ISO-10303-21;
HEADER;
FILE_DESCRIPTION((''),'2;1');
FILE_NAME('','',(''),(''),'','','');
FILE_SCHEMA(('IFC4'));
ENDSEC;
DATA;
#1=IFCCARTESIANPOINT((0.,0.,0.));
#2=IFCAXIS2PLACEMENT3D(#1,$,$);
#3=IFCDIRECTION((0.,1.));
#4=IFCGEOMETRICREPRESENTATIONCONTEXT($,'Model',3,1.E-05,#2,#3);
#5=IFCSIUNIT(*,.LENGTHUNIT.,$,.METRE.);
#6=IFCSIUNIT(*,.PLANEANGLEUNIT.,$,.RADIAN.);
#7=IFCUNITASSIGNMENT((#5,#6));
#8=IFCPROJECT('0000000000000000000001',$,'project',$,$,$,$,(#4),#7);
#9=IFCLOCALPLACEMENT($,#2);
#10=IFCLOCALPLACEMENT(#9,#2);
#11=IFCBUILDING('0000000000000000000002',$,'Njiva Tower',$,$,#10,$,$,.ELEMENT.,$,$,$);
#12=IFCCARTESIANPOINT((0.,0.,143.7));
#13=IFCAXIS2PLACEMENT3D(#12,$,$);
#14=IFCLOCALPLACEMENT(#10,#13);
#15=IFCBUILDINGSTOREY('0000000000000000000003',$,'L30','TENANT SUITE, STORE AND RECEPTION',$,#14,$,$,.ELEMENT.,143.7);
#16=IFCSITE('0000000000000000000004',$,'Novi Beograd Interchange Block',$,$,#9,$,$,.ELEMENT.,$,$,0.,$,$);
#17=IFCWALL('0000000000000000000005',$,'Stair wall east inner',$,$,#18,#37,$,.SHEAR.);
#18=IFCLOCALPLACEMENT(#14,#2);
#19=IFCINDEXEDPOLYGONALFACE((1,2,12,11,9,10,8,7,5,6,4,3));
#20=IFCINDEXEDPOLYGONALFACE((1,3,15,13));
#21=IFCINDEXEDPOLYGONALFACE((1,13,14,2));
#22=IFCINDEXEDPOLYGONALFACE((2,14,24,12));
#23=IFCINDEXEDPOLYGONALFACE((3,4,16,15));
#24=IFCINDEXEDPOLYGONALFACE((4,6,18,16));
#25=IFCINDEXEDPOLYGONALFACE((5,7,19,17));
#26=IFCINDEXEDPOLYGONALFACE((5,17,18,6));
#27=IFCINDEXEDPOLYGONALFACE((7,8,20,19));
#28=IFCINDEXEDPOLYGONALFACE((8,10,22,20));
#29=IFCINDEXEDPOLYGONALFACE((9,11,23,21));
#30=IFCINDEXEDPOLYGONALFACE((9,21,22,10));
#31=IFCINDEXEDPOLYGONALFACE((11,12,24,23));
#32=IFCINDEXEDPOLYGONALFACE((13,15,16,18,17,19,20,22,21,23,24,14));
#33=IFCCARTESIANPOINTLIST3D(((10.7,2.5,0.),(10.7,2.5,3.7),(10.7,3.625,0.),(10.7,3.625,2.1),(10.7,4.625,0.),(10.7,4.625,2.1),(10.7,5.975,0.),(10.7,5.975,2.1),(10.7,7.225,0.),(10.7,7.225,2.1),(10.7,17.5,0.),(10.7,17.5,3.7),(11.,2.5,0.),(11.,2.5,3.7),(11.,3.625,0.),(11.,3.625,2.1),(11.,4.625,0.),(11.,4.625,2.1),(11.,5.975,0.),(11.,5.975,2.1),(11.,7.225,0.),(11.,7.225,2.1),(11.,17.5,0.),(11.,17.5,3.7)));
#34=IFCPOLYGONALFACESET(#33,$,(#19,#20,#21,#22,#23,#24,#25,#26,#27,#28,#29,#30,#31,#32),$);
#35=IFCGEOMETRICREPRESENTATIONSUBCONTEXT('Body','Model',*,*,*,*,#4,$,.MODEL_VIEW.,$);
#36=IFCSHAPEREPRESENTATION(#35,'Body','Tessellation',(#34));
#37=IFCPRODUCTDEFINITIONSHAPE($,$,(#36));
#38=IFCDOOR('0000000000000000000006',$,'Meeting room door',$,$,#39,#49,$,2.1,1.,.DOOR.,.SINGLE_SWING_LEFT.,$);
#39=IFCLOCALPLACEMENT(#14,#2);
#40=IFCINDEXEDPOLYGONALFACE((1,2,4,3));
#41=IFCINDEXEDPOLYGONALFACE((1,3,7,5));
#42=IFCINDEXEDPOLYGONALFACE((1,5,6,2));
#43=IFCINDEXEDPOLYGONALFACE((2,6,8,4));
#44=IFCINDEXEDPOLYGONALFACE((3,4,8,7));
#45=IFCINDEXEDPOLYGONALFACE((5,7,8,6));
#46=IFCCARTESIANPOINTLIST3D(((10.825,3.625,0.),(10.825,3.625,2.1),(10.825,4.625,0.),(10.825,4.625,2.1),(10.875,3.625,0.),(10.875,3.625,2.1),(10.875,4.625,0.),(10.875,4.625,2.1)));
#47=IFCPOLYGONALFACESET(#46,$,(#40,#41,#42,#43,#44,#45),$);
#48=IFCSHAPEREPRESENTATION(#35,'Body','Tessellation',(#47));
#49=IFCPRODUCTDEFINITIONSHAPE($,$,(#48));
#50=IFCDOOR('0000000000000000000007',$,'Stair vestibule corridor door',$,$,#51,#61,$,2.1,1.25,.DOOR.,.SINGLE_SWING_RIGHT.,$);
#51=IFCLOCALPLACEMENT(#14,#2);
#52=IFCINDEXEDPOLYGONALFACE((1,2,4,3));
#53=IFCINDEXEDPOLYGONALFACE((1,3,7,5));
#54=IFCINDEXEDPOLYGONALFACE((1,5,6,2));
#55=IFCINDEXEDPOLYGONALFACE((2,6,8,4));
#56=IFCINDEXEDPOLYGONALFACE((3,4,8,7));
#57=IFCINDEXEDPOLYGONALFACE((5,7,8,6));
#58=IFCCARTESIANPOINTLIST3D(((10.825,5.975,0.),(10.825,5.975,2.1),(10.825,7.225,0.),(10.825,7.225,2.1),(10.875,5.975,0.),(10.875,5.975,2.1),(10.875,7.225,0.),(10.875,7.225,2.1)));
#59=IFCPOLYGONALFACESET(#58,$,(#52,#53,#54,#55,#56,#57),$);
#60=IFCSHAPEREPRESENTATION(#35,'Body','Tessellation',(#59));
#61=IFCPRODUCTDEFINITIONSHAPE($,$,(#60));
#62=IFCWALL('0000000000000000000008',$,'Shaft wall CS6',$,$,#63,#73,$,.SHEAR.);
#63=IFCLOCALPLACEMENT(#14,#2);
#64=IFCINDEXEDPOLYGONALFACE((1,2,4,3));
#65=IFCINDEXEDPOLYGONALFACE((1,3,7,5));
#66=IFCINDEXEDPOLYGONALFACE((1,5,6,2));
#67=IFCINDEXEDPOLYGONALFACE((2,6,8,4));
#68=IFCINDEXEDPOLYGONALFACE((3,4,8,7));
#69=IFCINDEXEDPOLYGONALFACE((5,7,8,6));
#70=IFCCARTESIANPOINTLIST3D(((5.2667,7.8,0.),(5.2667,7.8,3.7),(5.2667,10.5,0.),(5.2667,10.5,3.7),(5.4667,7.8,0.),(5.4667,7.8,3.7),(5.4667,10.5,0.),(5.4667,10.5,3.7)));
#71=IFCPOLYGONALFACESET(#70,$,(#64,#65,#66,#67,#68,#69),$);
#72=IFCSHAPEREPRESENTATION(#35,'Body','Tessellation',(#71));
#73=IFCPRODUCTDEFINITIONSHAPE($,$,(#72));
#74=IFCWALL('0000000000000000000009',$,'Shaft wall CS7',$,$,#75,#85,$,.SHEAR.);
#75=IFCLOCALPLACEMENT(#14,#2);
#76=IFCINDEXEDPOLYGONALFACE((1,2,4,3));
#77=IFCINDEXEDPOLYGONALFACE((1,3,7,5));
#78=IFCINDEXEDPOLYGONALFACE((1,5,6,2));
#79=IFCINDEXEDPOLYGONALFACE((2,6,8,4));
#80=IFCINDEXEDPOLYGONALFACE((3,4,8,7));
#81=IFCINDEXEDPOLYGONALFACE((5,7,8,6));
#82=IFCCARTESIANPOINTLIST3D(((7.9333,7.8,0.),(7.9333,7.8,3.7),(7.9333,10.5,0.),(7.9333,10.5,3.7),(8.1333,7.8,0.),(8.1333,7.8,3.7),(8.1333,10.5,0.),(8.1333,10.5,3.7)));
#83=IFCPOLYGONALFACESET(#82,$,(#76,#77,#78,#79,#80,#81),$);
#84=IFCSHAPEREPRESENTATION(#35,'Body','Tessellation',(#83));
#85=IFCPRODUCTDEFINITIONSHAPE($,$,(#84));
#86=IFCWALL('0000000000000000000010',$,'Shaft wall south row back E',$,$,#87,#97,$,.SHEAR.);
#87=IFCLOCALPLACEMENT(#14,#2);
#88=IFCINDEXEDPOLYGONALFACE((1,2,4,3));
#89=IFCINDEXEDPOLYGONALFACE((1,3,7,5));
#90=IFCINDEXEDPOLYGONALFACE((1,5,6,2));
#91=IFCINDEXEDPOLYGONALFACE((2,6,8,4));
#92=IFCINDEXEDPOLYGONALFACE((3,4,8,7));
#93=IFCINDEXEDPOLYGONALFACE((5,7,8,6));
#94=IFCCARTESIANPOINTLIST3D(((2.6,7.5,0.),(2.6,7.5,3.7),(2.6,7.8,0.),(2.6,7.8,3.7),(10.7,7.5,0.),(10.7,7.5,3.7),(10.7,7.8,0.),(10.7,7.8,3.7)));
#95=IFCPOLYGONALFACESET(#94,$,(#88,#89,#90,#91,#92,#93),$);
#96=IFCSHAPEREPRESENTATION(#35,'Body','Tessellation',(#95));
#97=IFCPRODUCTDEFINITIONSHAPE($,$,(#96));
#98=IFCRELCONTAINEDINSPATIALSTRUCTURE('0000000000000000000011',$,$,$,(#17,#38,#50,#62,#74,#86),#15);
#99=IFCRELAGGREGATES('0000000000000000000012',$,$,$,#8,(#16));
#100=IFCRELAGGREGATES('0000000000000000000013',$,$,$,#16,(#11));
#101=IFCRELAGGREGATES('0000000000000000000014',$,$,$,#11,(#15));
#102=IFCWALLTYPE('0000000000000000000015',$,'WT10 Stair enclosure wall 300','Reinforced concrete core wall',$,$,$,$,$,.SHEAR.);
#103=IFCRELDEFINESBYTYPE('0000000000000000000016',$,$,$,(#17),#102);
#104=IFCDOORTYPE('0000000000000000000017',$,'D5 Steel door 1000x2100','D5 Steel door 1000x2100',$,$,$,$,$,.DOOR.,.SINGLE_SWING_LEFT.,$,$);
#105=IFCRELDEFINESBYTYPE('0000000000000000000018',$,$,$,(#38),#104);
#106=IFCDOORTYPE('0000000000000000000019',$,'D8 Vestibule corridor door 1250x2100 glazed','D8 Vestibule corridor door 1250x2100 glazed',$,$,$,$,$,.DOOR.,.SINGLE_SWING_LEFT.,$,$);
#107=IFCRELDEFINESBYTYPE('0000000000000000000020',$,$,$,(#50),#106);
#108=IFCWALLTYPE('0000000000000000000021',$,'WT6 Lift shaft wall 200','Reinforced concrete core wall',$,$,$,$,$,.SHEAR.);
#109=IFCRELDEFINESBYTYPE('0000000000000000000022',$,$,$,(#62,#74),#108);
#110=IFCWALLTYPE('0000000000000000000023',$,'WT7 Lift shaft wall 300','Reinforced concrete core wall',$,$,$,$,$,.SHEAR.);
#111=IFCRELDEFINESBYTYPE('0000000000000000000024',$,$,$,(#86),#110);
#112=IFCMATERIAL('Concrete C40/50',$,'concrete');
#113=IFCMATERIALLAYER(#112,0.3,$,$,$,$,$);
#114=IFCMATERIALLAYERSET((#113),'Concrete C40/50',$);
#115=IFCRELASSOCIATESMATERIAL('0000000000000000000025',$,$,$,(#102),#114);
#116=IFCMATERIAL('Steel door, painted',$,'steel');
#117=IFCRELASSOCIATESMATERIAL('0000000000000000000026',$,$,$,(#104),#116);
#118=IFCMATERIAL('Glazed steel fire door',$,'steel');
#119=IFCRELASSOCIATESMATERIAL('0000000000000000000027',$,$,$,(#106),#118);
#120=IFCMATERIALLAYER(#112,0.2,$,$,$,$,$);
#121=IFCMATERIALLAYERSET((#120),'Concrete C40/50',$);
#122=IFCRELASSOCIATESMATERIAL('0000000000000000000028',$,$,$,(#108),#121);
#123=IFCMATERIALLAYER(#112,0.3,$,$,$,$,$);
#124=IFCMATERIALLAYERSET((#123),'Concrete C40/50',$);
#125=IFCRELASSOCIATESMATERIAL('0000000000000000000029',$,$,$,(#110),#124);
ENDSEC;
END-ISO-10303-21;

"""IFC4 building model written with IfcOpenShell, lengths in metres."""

from ifc_helpers import new_model, si_unit, direction, frame, frame_2d, origin, place, context, subcontext, project, spatial, rectangle, extrude, material, layer, layer_set, type_object, element, fill, save


model = new_model("IFC4")

# Units and contexts
model_context = context("Model", 3, precision=1e-05, world=origin(), true_north=direction((0.0, 1.0)))
body_context = subcontext(model_context, "Body", "Model", "MODEL_VIEW")
ifc_project = project(units=[si_unit("LENGTHUNIT", "METRE"), si_unit("PLANEANGLEUNIT", "RADIAN")], contexts=[model_context])

# Site, building, storey
site_placement = place(None, origin())
site = spatial("IfcSite", under=ifc_project, at=site_placement, Name="Novi Beograd Interchange Block", CompositionType="ELEMENT", RefElevation=0.0)
building_placement = place(site_placement, origin())
building = spatial("IfcBuilding", under=site, at=building_placement, Name="Njiva Tower", CompositionType="ELEMENT")
storey_placement = place(building_placement, frame((0.0, 0.0, 143.7)))
storey = spatial("IfcBuildingStorey", under=building, at=storey_placement, Name="L30", Description="TENANT SUITE, STORE AND RECEPTION", CompositionType="ELEMENT", Elevation=143.7)

# Wall, openings, doors
ifc_material_1 = material(Name="Concrete C40/50", Category="concrete")
ifc_layer_1 = layer(ifc_material_1, 0.3)
ifc_layer_set_1 = layer_set([ifc_layer_1], Name="Concrete C40/50")
wall_type_1 = type_object("IfcWallType", Name="WT10 Stair enclosure wall 300", Description="Reinforced concrete core wall", PredefinedType="SHEAR", material=ifc_layer_set_1)
wall_1_placement = place(storey_placement, frame((10.85, 2.5, 0.0), z_axis=(0.0, 0.0, 1.0), x_axis=(0.0, 1.0, 0.0)))
wall_1 = element("IfcWall", 1, at=wall_1_placement, inside=storey, type_object=wall_type_1, Name="Stair wall east inner", PredefinedType="SHEAR", context=body_context, shape_type="SweptSolid", body=[
    extrude(rectangle(XDim=15.0, YDim=0.3, at=frame_2d((7.5, 0.0))), origin(), (0.0, 0.0, 1.0), 3.7),
])
opening_1_placement = place(wall_1_placement, frame((3.475, 0.0, 0.0)))
opening_1 = element("IfcOpeningElement", 2, at=opening_1_placement, cuts=wall_1, PredefinedType="OPENING", context=body_context, shape_type="SweptSolid", body=[
    extrude(rectangle(XDim=1.25, YDim=2.1, at=frame_2d((0.625, 1.05))), frame((0.0, 0.16, 0.0), z_axis=(0.0, -1.0, 0.0), x_axis=(1.0, 0.0, 0.0)), (0.0, 0.0, 1.0), 0.32),
])
opening_2_placement = place(wall_1_placement, frame((1.125, 0.0, 0.0)))
opening_2 = element("IfcOpeningElement", 3, at=opening_2_placement, cuts=wall_1, PredefinedType="OPENING", context=body_context, shape_type="SweptSolid", body=[
    extrude(rectangle(XDim=1.0, YDim=2.1, at=frame_2d((0.5, 1.05))), frame((0.0, 0.16, 0.0), z_axis=(0.0, -1.0, 0.0), x_axis=(1.0, 0.0, 0.0)), (0.0, 0.0, 1.0), 0.32),
])
ifc_material_2 = material(Name="Steel door, painted", Category="steel")
door_type_1 = type_object("IfcDoorType", Name="D5 Steel door 1000x2100", Description="D5 Steel door 1000x2100", OperationType="SINGLE_SWING_LEFT", PredefinedType="DOOR", material=ifc_material_2)
door_1_placement = place(opening_2_placement, origin())
door_1 = element("IfcDoor", 4, at=door_1_placement, inside=storey, type_object=door_type_1, Name="Meeting room door", OperationType="SINGLE_SWING_LEFT", OverallHeight=2.1, OverallWidth=1.0, PredefinedType="DOOR", context=body_context, shape_type="SweptSolid", body=[
    extrude(rectangle(XDim=1.0, YDim=2.1, at=frame_2d((0.5, 1.05))), frame((0.0, 0.025, 0.0), z_axis=(0.0, -1.0, 0.0), x_axis=(1.0, 0.0, 0.0)), (0.0, 0.0, 1.0), 0.05),
])
fill(opening_2, door_1)
ifc_material_3 = material(Name="Glazed steel fire door", Category="steel")
door_type_2 = type_object("IfcDoorType", Name="D8 Vestibule corridor door 1250x2100 glazed", Description="D8 Vestibule corridor door 1250x2100 glazed", OperationType="SINGLE_SWING_LEFT", PredefinedType="DOOR", material=ifc_material_3)
door_2_placement = place(opening_1_placement, origin())
door_2 = element("IfcDoor", 5, at=door_2_placement, inside=storey, type_object=door_type_2, Name="Stair vestibule corridor door", OperationType="SINGLE_SWING_RIGHT", OverallHeight=2.1, OverallWidth=1.25, PredefinedType="DOOR", context=body_context, shape_type="SweptSolid", body=[
    extrude(rectangle(XDim=1.25, YDim=2.1, at=frame_2d((0.625, 1.05))), frame((0.0, 0.025, 0.0), z_axis=(0.0, -1.0, 0.0), x_axis=(1.0, 0.0, 0.0)), (0.0, 0.0, 1.0), 0.05),
])
fill(opening_1, door_2)

# Walls
ifc_layer_2 = layer(ifc_material_1, 0.2)
ifc_layer_set_2 = layer_set([ifc_layer_2], Name="Concrete C40/50")
wall_type_2 = type_object("IfcWallType", Name="WT6 Lift shaft wall 200", Description="Reinforced concrete core wall", PredefinedType="SHEAR", material=ifc_layer_set_2)
for number, where, z_axis, x_axis, name in (
    (6, (5.3667, 7.8, 0.0), (0.0, 0.0, 1.0), (0.0, 1.0, 0.0), "Shaft wall CS6"),
    (7, (8.0333, 7.8, 0.0), (0.0, 0.0, 1.0), (0.0, 1.0, 0.0), "Shaft wall CS7"),
):
    element("IfcWall", number, at=place(storey_placement, frame(where, z_axis=z_axis, x_axis=x_axis)), inside=storey, type_object=wall_type_2, Name=name, PredefinedType="SHEAR", context=body_context, shape_type="SweptSolid", body=[
        extrude(rectangle(XDim=2.7, YDim=0.2, at=frame_2d((1.35, 0.0))), origin(), (0.0, 0.0, 1.0), 3.7),
    ])
ifc_layer_3 = layer(ifc_material_1, 0.3)
ifc_layer_set_3 = layer_set([ifc_layer_3], Name="Concrete C40/50")
wall_type_3 = type_object("IfcWallType", Name="WT7 Lift shaft wall 300", Description="Reinforced concrete core wall", PredefinedType="SHEAR", material=ifc_layer_set_3)
wall_2_placement = place(storey_placement, frame((2.6, 7.65, 0.0), z_axis=(0.0, 0.0, 1.0), x_axis=(1.0, 0.0, 0.0)))
element("IfcWall", 8, at=wall_2_placement, inside=storey, type_object=wall_type_3, Name="Shaft wall south row back E", PredefinedType="SHEAR", context=body_context, shape_type="SweptSolid", body=[
    extrude(rectangle(XDim=8.1, YDim=0.3, at=frame_2d((4.05, 0.0))), origin(), (0.0, 0.0, 1.0), 3.7),
])

save(model, "model.ifc")
